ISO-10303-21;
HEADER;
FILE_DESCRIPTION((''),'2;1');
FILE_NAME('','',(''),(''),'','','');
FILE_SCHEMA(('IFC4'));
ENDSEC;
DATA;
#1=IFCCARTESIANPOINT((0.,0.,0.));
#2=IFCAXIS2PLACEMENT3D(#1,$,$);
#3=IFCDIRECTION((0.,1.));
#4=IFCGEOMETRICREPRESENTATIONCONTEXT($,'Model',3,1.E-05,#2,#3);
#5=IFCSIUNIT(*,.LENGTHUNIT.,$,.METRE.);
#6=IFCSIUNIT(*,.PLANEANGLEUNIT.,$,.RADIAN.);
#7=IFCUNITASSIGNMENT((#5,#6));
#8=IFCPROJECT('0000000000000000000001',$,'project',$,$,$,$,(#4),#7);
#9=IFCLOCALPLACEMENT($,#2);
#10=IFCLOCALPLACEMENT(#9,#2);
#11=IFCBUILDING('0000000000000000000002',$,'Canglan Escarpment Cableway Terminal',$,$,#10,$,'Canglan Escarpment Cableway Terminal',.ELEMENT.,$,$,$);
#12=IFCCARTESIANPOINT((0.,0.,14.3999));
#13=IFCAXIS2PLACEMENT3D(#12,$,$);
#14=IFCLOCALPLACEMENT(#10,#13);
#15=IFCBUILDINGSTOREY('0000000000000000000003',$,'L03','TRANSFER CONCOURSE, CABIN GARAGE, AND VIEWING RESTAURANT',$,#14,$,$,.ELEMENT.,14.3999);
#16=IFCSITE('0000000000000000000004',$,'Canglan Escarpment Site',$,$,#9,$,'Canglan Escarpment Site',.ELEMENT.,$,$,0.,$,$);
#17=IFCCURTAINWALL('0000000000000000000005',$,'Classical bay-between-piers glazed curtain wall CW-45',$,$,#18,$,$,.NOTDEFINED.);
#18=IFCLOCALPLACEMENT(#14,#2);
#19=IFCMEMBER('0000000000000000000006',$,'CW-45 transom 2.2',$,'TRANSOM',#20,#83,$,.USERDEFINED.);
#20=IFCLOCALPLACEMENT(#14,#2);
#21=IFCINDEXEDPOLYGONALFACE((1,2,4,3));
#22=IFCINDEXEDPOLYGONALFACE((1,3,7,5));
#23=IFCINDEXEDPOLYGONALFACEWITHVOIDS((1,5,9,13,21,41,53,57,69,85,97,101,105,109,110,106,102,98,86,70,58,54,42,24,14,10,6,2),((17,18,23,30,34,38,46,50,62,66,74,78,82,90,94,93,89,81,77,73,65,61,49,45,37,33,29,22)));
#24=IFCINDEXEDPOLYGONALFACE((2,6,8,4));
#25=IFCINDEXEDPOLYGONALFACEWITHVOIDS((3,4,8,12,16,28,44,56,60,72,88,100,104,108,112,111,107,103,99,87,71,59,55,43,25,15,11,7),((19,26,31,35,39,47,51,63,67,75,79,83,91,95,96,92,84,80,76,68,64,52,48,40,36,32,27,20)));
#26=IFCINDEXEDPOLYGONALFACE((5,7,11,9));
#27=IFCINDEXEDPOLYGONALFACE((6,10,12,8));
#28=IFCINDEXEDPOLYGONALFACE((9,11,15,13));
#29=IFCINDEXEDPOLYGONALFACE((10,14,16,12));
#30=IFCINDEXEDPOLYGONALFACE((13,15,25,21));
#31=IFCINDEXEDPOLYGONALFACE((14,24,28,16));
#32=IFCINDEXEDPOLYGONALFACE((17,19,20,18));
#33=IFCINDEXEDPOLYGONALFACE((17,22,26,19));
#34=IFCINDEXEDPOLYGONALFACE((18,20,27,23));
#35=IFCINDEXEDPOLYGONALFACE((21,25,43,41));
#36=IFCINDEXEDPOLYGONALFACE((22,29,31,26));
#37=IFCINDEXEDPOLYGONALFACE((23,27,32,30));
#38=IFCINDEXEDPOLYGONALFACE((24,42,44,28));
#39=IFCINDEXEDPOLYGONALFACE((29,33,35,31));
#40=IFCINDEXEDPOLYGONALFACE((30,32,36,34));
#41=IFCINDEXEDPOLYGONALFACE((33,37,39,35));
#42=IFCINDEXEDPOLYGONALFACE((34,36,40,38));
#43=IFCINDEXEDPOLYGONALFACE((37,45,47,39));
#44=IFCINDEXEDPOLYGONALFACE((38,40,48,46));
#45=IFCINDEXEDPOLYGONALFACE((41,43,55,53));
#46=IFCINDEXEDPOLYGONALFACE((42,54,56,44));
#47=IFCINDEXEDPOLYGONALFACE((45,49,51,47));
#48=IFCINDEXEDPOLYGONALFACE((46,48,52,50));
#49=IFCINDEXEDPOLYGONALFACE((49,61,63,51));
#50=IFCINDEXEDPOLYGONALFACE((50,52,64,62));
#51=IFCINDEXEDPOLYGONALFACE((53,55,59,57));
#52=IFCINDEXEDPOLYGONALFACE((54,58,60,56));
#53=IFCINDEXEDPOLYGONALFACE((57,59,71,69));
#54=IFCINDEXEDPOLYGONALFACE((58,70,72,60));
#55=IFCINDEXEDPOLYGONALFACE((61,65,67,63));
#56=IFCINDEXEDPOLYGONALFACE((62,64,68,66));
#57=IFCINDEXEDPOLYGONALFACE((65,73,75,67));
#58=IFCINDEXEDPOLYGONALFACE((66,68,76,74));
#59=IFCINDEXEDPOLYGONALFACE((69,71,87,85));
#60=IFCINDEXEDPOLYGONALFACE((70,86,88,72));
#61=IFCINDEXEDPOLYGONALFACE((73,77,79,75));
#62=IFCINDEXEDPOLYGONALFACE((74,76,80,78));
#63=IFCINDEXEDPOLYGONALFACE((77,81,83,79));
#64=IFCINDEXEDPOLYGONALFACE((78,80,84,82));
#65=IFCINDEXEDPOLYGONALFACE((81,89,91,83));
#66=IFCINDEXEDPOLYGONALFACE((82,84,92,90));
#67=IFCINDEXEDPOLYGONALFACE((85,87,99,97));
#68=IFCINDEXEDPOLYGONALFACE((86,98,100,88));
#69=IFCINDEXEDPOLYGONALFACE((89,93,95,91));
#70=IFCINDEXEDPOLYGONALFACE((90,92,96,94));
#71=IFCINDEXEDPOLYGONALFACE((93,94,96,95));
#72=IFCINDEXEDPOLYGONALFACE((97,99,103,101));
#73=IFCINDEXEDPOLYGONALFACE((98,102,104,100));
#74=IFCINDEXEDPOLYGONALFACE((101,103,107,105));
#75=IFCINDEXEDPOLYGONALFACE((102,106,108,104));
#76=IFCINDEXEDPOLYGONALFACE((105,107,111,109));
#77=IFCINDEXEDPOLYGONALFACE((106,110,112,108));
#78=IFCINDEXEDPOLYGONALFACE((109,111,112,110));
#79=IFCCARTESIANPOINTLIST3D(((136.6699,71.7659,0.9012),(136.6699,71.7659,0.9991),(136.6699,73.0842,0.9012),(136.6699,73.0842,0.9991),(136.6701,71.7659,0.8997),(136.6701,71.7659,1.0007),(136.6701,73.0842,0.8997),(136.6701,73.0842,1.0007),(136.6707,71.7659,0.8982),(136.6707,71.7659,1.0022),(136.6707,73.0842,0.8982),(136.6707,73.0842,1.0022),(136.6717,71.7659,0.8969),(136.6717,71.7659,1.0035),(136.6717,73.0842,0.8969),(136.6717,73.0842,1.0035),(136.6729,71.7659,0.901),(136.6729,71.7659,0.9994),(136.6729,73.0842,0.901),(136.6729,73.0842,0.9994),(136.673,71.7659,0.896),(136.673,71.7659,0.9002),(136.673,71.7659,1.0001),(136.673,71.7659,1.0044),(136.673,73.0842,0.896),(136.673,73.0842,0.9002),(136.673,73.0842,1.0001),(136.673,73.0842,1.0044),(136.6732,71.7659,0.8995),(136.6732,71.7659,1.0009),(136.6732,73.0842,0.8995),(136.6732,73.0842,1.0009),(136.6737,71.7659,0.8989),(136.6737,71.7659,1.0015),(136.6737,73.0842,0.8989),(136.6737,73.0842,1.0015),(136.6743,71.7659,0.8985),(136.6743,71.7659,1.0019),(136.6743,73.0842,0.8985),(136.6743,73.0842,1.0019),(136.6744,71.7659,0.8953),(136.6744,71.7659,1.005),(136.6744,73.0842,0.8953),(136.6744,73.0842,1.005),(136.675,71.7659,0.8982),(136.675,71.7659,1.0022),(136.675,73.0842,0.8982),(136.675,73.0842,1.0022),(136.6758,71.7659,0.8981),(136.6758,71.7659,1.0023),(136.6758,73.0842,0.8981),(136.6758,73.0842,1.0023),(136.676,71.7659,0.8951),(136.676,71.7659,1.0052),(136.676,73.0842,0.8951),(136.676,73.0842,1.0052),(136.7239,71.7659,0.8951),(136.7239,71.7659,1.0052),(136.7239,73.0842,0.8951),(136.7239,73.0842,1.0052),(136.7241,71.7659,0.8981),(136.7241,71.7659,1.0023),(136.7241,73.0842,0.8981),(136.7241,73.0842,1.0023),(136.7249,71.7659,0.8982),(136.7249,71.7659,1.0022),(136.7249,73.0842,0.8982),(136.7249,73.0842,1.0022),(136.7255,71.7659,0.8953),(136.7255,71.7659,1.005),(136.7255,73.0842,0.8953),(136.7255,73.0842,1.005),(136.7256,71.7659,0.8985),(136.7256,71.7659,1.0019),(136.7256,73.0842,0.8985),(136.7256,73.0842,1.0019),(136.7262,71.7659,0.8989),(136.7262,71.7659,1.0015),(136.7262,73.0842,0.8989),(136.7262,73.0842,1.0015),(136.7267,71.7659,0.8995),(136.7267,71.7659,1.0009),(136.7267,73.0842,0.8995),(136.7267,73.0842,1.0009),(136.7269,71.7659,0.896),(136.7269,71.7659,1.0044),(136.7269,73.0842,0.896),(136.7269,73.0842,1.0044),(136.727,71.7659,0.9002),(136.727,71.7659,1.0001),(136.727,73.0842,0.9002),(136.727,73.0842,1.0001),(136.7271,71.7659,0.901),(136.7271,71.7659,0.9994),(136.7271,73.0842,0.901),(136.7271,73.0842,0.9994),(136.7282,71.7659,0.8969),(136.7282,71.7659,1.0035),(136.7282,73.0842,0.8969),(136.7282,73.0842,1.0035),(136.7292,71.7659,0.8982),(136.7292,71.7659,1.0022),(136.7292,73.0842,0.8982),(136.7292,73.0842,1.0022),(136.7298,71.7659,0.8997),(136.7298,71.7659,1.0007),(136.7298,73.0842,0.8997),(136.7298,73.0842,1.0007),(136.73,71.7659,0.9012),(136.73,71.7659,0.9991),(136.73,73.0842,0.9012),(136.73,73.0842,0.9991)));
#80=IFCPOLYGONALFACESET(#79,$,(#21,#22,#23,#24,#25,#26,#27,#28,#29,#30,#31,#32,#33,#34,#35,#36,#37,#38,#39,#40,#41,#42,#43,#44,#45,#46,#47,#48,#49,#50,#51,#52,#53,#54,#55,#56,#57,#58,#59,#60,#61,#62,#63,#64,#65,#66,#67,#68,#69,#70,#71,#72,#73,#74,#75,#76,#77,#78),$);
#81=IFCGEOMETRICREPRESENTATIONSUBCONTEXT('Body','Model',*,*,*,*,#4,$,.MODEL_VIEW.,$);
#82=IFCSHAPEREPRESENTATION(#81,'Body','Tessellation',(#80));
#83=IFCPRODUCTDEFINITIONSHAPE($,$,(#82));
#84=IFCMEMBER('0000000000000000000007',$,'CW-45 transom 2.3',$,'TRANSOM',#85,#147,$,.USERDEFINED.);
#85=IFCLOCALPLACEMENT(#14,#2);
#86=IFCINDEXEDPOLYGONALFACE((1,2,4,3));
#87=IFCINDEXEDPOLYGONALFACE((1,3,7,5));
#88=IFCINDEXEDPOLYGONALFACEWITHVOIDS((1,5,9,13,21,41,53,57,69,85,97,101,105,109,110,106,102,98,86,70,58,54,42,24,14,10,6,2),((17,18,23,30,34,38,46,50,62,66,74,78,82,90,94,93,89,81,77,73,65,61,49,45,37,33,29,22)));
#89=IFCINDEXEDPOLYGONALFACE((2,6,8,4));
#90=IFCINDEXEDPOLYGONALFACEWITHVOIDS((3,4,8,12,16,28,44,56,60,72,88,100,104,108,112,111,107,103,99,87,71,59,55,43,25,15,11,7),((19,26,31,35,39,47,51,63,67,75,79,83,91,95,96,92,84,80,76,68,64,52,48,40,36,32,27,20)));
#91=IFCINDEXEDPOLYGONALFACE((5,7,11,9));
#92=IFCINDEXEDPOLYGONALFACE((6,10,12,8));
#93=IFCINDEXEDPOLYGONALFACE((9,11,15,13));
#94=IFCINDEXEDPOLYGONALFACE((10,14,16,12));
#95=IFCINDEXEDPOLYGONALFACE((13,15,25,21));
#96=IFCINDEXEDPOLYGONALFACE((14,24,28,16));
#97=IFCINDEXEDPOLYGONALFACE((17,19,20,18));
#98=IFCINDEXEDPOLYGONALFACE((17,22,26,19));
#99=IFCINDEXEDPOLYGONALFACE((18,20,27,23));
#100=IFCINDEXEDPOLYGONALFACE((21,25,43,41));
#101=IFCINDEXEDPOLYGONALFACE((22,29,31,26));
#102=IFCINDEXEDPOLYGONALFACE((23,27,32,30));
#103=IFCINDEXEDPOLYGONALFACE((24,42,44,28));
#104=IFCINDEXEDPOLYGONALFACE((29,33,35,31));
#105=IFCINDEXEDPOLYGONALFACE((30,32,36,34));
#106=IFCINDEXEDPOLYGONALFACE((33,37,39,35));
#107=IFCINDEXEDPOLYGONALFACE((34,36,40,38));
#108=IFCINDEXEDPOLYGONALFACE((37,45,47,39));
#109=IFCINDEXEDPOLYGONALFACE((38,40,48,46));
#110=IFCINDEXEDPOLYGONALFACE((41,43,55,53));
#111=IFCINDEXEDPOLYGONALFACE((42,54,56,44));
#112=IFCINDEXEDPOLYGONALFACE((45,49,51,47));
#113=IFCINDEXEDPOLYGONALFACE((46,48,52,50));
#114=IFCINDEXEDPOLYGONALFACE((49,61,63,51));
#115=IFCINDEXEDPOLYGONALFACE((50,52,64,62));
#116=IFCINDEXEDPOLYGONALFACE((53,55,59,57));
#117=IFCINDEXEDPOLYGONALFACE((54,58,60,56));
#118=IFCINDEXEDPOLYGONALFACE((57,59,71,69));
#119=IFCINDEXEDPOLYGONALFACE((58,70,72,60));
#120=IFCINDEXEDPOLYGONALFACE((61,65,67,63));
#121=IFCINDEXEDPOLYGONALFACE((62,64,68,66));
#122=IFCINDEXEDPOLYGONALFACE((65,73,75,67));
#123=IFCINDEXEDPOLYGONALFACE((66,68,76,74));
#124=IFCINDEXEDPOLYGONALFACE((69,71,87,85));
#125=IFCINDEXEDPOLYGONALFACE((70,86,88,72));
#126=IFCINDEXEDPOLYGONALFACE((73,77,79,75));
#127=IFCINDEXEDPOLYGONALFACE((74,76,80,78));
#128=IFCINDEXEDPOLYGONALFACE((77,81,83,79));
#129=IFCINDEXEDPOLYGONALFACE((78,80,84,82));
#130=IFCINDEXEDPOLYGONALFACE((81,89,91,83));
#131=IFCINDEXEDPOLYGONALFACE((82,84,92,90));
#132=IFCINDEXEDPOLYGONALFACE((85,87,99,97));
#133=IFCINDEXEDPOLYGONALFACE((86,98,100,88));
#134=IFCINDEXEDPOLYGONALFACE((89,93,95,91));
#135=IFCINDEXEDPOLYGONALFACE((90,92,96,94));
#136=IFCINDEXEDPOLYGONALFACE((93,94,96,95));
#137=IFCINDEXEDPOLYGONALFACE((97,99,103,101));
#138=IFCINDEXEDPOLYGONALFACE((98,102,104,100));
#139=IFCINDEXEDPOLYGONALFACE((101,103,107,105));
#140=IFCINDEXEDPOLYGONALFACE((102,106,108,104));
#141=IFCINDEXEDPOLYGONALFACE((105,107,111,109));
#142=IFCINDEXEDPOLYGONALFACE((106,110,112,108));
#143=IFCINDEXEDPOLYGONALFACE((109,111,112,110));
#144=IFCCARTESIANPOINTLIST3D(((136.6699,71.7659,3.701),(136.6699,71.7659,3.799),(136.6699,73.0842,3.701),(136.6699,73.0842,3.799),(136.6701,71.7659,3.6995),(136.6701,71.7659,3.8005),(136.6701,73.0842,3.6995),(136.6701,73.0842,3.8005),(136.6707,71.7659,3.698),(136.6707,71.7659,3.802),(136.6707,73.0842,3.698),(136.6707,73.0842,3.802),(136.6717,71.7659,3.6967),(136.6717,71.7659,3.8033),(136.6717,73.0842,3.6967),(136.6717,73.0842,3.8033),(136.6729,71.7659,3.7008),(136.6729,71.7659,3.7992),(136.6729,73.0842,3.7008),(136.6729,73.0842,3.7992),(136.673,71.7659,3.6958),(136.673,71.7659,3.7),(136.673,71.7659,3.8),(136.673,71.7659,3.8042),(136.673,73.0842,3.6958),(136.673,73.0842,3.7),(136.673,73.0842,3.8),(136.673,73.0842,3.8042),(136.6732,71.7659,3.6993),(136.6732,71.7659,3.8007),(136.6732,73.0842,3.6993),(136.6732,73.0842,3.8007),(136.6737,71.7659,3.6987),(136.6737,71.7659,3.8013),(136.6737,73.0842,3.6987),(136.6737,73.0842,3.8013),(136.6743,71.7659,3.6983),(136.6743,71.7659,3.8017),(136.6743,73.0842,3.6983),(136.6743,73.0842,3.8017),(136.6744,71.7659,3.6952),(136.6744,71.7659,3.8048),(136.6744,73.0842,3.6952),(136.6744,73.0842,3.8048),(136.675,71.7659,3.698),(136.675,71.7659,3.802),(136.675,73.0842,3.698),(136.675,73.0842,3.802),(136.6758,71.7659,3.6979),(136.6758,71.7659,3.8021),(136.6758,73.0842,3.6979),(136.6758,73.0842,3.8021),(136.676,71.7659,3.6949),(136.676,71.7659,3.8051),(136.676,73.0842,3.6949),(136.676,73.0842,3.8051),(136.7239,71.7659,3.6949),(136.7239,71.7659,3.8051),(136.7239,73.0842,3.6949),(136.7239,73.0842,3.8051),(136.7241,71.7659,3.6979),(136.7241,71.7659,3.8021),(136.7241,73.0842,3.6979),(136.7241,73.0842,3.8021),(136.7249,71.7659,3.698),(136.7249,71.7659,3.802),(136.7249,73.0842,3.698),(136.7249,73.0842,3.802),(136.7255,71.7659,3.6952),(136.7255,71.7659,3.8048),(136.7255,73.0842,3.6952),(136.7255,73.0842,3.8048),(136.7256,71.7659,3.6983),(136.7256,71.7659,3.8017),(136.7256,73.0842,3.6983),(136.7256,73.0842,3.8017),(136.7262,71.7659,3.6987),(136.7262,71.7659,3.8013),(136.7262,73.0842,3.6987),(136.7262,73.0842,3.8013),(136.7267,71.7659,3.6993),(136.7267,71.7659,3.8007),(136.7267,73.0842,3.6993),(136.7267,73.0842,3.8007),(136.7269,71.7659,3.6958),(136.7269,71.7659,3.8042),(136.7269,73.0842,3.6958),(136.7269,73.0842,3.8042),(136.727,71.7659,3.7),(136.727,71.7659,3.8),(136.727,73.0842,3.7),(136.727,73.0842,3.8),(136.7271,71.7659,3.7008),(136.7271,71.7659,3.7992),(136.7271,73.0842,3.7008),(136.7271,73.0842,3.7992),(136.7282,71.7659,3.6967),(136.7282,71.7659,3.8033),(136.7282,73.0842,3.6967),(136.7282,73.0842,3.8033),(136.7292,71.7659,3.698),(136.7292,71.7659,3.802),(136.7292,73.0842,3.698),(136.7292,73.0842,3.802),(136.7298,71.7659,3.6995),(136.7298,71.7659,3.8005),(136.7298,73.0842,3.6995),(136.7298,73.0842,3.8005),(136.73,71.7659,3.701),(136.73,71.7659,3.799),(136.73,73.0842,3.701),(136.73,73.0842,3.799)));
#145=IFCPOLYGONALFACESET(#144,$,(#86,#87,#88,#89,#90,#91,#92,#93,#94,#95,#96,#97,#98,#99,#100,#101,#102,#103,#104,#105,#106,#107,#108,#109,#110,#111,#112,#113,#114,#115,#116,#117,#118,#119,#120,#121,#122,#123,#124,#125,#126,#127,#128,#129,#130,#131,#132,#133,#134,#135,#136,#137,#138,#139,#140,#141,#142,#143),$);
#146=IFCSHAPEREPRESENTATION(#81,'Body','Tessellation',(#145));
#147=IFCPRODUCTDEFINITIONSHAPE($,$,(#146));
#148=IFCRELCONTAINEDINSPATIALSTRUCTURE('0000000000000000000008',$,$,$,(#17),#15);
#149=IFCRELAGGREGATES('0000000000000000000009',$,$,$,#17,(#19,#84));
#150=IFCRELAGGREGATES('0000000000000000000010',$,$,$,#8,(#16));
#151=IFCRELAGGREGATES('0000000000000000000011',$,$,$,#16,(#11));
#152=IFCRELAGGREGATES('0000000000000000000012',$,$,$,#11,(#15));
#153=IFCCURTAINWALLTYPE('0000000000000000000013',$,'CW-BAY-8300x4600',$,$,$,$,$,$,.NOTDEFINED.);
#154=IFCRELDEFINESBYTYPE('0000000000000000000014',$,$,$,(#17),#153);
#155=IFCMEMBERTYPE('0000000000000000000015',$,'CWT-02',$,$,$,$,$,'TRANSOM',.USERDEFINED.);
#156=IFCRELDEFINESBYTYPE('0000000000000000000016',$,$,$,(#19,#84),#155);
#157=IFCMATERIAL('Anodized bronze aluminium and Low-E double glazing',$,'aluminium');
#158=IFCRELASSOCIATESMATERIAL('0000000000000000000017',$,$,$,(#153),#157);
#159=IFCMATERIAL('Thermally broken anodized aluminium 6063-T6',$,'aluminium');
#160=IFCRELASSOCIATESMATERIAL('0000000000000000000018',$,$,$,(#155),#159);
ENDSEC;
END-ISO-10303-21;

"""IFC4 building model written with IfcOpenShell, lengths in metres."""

from ifc_helpers import new_model, si_unit, direction, frame, origin, origin_2d, place, context, subcontext, project, spatial, hollow_rectangle, extrude, material, material_profile, profile_set, type_object, element, aggregate, save


model = new_model("IFC4")

# Units and contexts
model_context = context("Model", 3, precision=1e-05, world=origin(), true_north=direction((0.0, 1.0)))
body_context = subcontext(model_context, "Body", "Model", "MODEL_VIEW")
ifc_project = project(units=[si_unit("LENGTHUNIT", "METRE"), si_unit("PLANEANGLEUNIT", "RADIAN")], contexts=[model_context])

# Site, building, storey
site_placement = place(None, origin())
site = spatial("IfcSite", under=ifc_project, at=site_placement, Name="Canglan Escarpment Site", LongName="Canglan Escarpment Site", CompositionType="ELEMENT", RefElevation=0.0)
building_placement = place(site_placement, origin())
building = spatial("IfcBuilding", under=site, at=building_placement, Name="Canglan Escarpment Cableway Terminal", LongName="Canglan Escarpment Cableway Terminal", CompositionType="ELEMENT")
storey_placement = place(building_placement, frame((0.0, 0.0, 14.3999)))
storey = spatial("IfcBuildingStorey", under=building, at=storey_placement, Name="L03", Description="TRANSFER CONCOURSE, CABIN GARAGE, AND VIEWING RESTAURANT", CompositionType="ELEMENT", Elevation=14.3999)

# Curtain wall, members
ifc_material_1 = material(Name="Anodized bronze aluminium and Low-E double glazing", Category="aluminium")
curtain_wall_type = type_object("IfcCurtainWallType", Name="CW-BAY-8300x4600", PredefinedType="NOTDEFINED", material=ifc_material_1)
curtain_wall_placement = place(storey_placement, origin())
curtain_wall = element("IfcCurtainWall", 1, at=curtain_wall_placement, inside=storey, type_object=curtain_wall_type, Name="Classical bay-between-piers glazed curtain wall CW-45", PredefinedType="NOTDEFINED")
ifc_material_2 = material(Name="Thermally broken anodized aluminium 6063-T6", Category="aluminium")
ifc_material_profile_1 = material_profile(ifc_material_2, hollow_rectangle(XDim=0.0601, YDim=0.1101, WallThickness=0.0029, InnerFilletRadius=0.0029, OuterFilletRadius=0.0061, at=origin_2d()), Name="ALU-TRAN 60x110x3")
ifc_profile_set_1 = profile_set([ifc_material_profile_1], Name="Thermally broken anodized aluminium 6063-T6")
member_type_1 = type_object("IfcMemberType", Name="CWT-02", ElementType="TRANSOM", PredefinedType="USERDEFINED", material=ifc_profile_set_1)
member_1_placement = place(storey_placement, frame((136.7, 71.7659, 0.9502), z_axis=(0.0, 1.0, 0.0), x_axis=(-1.0, 0.0, 0.0)))
member_1 = element("IfcMember", 2, at=member_1_placement, type_object=member_type_1, Name="CW-45 transom 2.2", ObjectType="TRANSOM", PredefinedType="USERDEFINED", context=body_context, shape_type="SweptSolid", body=[
    extrude(hollow_rectangle(XDim=0.0601, YDim=0.1101, WallThickness=0.0029, InnerFilletRadius=0.0029, OuterFilletRadius=0.0061, at=origin_2d()), origin(), (0.0, 0.0, 1.0), 1.3184),
])
member_2_placement = place(storey_placement, frame((136.7, 71.7659, 3.75), z_axis=(0.0, 1.0, 0.0), x_axis=(-1.0, 0.0, 0.0)))
member_2 = element("IfcMember", 3, at=member_2_placement, type_object=member_type_1, Name="CW-45 transom 2.3", ObjectType="TRANSOM", PredefinedType="USERDEFINED", context=body_context, shape_type="SweptSolid", body=[
    extrude(hollow_rectangle(XDim=0.0601, YDim=0.1101, WallThickness=0.0029, InnerFilletRadius=0.0029, OuterFilletRadius=0.0061, at=origin_2d()), origin(), (0.0, 0.0, 1.0), 1.3184),
])
aggregate(curtain_wall, [member_1, member_2])

save(model, "model.ifc")
